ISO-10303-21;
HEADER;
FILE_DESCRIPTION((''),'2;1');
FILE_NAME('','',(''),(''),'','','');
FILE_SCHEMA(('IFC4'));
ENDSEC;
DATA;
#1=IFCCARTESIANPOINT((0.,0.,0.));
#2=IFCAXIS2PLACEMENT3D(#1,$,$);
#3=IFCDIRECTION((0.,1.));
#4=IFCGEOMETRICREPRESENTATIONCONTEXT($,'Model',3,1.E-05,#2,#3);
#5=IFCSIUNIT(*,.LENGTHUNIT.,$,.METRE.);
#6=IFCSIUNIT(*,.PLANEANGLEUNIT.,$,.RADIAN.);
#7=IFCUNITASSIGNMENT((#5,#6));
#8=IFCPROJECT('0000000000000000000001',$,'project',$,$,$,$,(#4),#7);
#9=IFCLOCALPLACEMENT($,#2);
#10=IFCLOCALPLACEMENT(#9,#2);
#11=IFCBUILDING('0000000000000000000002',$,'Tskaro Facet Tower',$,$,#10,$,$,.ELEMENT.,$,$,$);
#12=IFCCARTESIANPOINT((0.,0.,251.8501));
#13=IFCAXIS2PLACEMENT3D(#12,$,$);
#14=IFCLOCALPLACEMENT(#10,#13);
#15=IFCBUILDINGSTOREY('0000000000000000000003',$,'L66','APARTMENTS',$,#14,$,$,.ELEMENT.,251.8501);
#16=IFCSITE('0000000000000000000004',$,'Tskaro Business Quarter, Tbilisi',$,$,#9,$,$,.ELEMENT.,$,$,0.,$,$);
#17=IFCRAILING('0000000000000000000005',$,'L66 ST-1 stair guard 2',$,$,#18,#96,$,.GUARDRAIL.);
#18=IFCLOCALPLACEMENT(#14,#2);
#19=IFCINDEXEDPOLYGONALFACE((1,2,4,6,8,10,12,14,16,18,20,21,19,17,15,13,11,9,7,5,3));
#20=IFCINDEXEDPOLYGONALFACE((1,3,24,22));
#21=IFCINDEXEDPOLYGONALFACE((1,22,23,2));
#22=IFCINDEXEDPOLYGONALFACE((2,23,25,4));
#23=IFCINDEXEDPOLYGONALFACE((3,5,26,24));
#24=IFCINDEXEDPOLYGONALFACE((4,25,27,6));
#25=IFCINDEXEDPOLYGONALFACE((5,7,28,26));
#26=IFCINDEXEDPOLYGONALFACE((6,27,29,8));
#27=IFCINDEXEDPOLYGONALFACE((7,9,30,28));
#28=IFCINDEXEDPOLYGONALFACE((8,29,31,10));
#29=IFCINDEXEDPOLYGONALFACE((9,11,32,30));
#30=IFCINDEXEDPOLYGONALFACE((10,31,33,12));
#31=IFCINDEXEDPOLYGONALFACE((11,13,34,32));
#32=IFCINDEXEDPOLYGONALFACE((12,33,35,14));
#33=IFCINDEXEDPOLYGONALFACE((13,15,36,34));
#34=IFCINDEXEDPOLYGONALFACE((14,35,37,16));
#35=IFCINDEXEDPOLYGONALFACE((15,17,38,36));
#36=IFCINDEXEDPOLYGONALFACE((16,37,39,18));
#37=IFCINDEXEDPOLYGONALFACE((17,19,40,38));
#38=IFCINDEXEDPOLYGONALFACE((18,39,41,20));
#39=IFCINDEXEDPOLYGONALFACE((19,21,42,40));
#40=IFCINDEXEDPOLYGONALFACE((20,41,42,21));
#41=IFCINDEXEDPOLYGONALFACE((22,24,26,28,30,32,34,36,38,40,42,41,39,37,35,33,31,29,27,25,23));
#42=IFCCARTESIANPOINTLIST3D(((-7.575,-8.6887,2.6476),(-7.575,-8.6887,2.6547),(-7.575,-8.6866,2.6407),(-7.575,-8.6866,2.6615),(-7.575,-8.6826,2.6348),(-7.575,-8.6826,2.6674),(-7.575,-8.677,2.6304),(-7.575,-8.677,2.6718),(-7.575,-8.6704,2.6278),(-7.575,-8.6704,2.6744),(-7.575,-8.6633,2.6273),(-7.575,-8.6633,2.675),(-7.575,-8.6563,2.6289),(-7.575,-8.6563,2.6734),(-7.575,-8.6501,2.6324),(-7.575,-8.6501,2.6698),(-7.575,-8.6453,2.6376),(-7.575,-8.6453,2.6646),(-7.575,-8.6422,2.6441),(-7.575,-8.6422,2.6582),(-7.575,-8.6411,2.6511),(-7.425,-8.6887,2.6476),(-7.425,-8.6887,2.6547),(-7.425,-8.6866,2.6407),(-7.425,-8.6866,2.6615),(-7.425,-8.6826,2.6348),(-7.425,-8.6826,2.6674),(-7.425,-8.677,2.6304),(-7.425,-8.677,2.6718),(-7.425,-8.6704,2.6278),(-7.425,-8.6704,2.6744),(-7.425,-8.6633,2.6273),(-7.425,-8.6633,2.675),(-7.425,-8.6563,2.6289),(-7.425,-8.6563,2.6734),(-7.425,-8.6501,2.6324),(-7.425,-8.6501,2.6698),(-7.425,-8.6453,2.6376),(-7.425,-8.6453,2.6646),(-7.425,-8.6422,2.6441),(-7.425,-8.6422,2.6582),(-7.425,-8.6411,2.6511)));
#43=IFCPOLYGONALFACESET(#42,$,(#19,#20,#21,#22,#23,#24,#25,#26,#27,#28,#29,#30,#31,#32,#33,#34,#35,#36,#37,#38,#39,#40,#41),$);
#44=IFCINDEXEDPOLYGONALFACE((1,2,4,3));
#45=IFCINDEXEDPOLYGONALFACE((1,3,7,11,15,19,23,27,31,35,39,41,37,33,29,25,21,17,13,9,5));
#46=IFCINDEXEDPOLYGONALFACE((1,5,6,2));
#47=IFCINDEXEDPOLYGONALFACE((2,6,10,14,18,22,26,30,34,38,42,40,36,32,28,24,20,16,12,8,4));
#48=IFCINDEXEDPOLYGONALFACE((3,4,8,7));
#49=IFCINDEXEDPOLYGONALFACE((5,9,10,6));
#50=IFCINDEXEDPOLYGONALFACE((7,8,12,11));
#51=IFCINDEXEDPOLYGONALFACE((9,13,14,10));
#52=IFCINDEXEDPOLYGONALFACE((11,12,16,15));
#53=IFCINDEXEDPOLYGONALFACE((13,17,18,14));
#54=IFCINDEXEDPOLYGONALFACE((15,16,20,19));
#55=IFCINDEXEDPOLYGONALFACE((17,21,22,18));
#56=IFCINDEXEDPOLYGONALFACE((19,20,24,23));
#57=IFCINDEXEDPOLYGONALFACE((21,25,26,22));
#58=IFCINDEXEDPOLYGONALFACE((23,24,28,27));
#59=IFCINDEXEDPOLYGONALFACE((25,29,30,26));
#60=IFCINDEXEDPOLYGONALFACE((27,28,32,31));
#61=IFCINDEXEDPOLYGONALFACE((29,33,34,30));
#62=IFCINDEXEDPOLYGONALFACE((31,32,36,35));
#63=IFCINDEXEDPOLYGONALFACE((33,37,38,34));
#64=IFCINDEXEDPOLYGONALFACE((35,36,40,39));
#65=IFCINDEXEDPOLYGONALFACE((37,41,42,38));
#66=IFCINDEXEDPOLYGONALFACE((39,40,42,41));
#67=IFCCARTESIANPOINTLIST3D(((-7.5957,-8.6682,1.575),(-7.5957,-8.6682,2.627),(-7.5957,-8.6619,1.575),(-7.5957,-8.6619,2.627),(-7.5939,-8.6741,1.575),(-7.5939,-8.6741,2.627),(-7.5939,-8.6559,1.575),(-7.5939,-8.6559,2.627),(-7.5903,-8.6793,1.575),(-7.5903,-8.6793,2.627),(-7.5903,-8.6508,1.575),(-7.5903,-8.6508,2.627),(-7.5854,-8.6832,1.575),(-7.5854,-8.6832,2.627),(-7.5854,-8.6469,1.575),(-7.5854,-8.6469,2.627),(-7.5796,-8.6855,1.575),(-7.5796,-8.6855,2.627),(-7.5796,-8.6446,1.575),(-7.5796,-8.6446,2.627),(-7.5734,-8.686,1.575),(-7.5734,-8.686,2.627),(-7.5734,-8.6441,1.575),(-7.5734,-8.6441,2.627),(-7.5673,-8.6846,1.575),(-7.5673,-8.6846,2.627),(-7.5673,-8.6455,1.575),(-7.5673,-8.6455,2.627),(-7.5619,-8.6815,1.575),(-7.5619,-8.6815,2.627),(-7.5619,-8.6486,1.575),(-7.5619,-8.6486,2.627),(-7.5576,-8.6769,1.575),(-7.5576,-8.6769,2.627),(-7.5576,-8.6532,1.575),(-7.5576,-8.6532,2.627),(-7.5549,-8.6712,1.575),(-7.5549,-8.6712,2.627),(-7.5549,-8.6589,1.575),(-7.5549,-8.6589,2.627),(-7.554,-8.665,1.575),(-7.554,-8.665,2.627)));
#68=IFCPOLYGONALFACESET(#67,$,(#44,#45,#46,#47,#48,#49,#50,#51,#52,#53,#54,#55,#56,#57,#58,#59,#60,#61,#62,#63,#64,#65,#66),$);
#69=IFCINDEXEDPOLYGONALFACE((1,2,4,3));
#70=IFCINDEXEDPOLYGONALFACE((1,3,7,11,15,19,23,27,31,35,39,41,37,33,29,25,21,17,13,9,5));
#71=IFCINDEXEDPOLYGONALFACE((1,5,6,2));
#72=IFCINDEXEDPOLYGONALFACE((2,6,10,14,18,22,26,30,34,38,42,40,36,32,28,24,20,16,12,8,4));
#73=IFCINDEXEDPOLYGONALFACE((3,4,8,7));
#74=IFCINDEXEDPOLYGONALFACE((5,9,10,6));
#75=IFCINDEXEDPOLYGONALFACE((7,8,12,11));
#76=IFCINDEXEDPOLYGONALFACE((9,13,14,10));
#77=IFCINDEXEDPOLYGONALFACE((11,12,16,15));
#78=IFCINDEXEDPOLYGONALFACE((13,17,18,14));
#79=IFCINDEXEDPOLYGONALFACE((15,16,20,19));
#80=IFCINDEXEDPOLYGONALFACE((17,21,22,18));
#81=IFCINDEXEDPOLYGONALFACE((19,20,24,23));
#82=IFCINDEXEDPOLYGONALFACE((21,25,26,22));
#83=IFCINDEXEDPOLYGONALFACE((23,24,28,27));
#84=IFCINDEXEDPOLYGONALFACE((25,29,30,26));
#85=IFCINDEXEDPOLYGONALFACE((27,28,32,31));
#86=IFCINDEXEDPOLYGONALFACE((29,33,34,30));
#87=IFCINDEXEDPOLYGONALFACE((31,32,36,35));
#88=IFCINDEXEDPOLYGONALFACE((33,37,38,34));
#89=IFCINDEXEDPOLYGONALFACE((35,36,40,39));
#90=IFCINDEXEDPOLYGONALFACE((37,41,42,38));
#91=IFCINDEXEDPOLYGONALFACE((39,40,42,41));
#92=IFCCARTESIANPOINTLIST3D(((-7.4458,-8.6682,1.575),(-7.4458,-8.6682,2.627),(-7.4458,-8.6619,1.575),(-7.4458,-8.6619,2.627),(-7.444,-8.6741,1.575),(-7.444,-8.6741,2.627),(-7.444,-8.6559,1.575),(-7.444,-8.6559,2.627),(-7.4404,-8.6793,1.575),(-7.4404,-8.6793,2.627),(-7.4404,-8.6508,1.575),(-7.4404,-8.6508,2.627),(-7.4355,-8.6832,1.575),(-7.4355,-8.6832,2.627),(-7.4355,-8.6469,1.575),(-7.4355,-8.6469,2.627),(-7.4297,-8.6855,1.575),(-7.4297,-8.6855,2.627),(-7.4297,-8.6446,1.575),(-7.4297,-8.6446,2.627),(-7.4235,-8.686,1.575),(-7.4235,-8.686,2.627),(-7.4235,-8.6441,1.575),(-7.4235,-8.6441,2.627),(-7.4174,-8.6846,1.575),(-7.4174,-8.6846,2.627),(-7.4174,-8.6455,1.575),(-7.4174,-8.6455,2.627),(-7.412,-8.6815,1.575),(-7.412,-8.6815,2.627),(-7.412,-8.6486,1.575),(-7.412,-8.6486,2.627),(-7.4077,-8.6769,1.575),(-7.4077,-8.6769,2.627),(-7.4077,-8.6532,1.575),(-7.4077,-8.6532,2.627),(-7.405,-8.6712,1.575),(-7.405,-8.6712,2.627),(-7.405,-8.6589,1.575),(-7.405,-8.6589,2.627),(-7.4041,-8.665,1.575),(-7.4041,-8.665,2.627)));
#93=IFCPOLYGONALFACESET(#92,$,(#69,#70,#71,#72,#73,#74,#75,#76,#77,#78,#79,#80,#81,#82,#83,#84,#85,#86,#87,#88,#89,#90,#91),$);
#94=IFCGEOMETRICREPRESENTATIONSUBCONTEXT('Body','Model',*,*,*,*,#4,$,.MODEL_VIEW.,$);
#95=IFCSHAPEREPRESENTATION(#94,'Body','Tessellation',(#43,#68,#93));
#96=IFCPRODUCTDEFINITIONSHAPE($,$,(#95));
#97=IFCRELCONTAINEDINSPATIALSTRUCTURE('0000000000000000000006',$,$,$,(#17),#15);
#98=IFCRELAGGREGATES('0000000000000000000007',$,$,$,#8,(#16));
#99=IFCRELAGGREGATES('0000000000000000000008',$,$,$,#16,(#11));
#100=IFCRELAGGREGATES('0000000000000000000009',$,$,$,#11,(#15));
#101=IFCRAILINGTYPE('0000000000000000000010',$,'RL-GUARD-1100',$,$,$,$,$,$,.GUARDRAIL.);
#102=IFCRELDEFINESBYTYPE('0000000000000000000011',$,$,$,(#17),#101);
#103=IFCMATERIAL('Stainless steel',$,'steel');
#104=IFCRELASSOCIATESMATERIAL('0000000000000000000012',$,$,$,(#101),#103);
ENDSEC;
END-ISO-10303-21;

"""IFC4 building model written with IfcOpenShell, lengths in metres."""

from ifc_helpers import new_model, si_unit, direction, frame, origin, origin_2d, place, context, subcontext, project, spatial, circle, extrude, material, type_object, element, save


model = new_model("IFC4")

# Units and contexts
model_context = context("Model", 3, precision=1e-05, world=origin(), true_north=direction((0.0, 1.0)))
body_context = subcontext(model_context, "Body", "Model", "MODEL_VIEW")
ifc_project = project(units=[si_unit("LENGTHUNIT", "METRE"), si_unit("PLANEANGLEUNIT", "RADIAN")], contexts=[model_context])

# Site, building, storey
site_placement = place(None, origin())
site = spatial("IfcSite", under=ifc_project, at=site_placement, Name="Tskaro Business Quarter, Tbilisi", CompositionType="ELEMENT", RefElevation=0.0)
building_placement = place(site_placement, origin())
building = spatial("IfcBuilding", under=site, at=building_placement, Name="Tskaro Facet Tower", CompositionType="ELEMENT")
storey_placement = place(building_placement, frame((0.0, 0.0, 251.8501)))
storey = spatial("IfcBuildingStorey", under=building, at=storey_placement, Name="L66", Description="APARTMENTS", CompositionType="ELEMENT", Elevation=251.8501)

# Shared definitions
ifc_material_1 = material(Name="Stainless steel", Category="steel")

# Railing
railing_type_1 = type_object("IfcRailingType", Name="RL-GUARD-1100", PredefinedType="GUARDRAIL", material=ifc_material_1)
railing_1_placement = place(storey_placement, frame((-7.575, -8.665, 1.575)))
element("IfcRailing", 1, at=railing_1_placement, inside=storey, type_object=railing_type_1, Name="L66 ST-1 stair guard 2", PredefinedType="GUARDRAIL", context=body_context, shape_type="SweptSolid", body=[
    extrude(circle(Radius=0.0239, at=origin_2d()), frame((0.0, 0.0, 1.0762), z_axis=(1.0, 0.0, 0.0), x_axis=(0.0, 1.0, 0.0)), (0.0, 0.0, 1.0), 0.1499),
    extrude(circle(Radius=0.021, at=origin_2d()), origin(), (0.0, 0.0, 1.0), 1.052),
    extrude(circle(Radius=0.021, at=origin_2d()), frame((0.1499, 0.0, 0.0)), (0.0, 0.0, 1.0), 1.052),
])

save(model, "model.ifc")
